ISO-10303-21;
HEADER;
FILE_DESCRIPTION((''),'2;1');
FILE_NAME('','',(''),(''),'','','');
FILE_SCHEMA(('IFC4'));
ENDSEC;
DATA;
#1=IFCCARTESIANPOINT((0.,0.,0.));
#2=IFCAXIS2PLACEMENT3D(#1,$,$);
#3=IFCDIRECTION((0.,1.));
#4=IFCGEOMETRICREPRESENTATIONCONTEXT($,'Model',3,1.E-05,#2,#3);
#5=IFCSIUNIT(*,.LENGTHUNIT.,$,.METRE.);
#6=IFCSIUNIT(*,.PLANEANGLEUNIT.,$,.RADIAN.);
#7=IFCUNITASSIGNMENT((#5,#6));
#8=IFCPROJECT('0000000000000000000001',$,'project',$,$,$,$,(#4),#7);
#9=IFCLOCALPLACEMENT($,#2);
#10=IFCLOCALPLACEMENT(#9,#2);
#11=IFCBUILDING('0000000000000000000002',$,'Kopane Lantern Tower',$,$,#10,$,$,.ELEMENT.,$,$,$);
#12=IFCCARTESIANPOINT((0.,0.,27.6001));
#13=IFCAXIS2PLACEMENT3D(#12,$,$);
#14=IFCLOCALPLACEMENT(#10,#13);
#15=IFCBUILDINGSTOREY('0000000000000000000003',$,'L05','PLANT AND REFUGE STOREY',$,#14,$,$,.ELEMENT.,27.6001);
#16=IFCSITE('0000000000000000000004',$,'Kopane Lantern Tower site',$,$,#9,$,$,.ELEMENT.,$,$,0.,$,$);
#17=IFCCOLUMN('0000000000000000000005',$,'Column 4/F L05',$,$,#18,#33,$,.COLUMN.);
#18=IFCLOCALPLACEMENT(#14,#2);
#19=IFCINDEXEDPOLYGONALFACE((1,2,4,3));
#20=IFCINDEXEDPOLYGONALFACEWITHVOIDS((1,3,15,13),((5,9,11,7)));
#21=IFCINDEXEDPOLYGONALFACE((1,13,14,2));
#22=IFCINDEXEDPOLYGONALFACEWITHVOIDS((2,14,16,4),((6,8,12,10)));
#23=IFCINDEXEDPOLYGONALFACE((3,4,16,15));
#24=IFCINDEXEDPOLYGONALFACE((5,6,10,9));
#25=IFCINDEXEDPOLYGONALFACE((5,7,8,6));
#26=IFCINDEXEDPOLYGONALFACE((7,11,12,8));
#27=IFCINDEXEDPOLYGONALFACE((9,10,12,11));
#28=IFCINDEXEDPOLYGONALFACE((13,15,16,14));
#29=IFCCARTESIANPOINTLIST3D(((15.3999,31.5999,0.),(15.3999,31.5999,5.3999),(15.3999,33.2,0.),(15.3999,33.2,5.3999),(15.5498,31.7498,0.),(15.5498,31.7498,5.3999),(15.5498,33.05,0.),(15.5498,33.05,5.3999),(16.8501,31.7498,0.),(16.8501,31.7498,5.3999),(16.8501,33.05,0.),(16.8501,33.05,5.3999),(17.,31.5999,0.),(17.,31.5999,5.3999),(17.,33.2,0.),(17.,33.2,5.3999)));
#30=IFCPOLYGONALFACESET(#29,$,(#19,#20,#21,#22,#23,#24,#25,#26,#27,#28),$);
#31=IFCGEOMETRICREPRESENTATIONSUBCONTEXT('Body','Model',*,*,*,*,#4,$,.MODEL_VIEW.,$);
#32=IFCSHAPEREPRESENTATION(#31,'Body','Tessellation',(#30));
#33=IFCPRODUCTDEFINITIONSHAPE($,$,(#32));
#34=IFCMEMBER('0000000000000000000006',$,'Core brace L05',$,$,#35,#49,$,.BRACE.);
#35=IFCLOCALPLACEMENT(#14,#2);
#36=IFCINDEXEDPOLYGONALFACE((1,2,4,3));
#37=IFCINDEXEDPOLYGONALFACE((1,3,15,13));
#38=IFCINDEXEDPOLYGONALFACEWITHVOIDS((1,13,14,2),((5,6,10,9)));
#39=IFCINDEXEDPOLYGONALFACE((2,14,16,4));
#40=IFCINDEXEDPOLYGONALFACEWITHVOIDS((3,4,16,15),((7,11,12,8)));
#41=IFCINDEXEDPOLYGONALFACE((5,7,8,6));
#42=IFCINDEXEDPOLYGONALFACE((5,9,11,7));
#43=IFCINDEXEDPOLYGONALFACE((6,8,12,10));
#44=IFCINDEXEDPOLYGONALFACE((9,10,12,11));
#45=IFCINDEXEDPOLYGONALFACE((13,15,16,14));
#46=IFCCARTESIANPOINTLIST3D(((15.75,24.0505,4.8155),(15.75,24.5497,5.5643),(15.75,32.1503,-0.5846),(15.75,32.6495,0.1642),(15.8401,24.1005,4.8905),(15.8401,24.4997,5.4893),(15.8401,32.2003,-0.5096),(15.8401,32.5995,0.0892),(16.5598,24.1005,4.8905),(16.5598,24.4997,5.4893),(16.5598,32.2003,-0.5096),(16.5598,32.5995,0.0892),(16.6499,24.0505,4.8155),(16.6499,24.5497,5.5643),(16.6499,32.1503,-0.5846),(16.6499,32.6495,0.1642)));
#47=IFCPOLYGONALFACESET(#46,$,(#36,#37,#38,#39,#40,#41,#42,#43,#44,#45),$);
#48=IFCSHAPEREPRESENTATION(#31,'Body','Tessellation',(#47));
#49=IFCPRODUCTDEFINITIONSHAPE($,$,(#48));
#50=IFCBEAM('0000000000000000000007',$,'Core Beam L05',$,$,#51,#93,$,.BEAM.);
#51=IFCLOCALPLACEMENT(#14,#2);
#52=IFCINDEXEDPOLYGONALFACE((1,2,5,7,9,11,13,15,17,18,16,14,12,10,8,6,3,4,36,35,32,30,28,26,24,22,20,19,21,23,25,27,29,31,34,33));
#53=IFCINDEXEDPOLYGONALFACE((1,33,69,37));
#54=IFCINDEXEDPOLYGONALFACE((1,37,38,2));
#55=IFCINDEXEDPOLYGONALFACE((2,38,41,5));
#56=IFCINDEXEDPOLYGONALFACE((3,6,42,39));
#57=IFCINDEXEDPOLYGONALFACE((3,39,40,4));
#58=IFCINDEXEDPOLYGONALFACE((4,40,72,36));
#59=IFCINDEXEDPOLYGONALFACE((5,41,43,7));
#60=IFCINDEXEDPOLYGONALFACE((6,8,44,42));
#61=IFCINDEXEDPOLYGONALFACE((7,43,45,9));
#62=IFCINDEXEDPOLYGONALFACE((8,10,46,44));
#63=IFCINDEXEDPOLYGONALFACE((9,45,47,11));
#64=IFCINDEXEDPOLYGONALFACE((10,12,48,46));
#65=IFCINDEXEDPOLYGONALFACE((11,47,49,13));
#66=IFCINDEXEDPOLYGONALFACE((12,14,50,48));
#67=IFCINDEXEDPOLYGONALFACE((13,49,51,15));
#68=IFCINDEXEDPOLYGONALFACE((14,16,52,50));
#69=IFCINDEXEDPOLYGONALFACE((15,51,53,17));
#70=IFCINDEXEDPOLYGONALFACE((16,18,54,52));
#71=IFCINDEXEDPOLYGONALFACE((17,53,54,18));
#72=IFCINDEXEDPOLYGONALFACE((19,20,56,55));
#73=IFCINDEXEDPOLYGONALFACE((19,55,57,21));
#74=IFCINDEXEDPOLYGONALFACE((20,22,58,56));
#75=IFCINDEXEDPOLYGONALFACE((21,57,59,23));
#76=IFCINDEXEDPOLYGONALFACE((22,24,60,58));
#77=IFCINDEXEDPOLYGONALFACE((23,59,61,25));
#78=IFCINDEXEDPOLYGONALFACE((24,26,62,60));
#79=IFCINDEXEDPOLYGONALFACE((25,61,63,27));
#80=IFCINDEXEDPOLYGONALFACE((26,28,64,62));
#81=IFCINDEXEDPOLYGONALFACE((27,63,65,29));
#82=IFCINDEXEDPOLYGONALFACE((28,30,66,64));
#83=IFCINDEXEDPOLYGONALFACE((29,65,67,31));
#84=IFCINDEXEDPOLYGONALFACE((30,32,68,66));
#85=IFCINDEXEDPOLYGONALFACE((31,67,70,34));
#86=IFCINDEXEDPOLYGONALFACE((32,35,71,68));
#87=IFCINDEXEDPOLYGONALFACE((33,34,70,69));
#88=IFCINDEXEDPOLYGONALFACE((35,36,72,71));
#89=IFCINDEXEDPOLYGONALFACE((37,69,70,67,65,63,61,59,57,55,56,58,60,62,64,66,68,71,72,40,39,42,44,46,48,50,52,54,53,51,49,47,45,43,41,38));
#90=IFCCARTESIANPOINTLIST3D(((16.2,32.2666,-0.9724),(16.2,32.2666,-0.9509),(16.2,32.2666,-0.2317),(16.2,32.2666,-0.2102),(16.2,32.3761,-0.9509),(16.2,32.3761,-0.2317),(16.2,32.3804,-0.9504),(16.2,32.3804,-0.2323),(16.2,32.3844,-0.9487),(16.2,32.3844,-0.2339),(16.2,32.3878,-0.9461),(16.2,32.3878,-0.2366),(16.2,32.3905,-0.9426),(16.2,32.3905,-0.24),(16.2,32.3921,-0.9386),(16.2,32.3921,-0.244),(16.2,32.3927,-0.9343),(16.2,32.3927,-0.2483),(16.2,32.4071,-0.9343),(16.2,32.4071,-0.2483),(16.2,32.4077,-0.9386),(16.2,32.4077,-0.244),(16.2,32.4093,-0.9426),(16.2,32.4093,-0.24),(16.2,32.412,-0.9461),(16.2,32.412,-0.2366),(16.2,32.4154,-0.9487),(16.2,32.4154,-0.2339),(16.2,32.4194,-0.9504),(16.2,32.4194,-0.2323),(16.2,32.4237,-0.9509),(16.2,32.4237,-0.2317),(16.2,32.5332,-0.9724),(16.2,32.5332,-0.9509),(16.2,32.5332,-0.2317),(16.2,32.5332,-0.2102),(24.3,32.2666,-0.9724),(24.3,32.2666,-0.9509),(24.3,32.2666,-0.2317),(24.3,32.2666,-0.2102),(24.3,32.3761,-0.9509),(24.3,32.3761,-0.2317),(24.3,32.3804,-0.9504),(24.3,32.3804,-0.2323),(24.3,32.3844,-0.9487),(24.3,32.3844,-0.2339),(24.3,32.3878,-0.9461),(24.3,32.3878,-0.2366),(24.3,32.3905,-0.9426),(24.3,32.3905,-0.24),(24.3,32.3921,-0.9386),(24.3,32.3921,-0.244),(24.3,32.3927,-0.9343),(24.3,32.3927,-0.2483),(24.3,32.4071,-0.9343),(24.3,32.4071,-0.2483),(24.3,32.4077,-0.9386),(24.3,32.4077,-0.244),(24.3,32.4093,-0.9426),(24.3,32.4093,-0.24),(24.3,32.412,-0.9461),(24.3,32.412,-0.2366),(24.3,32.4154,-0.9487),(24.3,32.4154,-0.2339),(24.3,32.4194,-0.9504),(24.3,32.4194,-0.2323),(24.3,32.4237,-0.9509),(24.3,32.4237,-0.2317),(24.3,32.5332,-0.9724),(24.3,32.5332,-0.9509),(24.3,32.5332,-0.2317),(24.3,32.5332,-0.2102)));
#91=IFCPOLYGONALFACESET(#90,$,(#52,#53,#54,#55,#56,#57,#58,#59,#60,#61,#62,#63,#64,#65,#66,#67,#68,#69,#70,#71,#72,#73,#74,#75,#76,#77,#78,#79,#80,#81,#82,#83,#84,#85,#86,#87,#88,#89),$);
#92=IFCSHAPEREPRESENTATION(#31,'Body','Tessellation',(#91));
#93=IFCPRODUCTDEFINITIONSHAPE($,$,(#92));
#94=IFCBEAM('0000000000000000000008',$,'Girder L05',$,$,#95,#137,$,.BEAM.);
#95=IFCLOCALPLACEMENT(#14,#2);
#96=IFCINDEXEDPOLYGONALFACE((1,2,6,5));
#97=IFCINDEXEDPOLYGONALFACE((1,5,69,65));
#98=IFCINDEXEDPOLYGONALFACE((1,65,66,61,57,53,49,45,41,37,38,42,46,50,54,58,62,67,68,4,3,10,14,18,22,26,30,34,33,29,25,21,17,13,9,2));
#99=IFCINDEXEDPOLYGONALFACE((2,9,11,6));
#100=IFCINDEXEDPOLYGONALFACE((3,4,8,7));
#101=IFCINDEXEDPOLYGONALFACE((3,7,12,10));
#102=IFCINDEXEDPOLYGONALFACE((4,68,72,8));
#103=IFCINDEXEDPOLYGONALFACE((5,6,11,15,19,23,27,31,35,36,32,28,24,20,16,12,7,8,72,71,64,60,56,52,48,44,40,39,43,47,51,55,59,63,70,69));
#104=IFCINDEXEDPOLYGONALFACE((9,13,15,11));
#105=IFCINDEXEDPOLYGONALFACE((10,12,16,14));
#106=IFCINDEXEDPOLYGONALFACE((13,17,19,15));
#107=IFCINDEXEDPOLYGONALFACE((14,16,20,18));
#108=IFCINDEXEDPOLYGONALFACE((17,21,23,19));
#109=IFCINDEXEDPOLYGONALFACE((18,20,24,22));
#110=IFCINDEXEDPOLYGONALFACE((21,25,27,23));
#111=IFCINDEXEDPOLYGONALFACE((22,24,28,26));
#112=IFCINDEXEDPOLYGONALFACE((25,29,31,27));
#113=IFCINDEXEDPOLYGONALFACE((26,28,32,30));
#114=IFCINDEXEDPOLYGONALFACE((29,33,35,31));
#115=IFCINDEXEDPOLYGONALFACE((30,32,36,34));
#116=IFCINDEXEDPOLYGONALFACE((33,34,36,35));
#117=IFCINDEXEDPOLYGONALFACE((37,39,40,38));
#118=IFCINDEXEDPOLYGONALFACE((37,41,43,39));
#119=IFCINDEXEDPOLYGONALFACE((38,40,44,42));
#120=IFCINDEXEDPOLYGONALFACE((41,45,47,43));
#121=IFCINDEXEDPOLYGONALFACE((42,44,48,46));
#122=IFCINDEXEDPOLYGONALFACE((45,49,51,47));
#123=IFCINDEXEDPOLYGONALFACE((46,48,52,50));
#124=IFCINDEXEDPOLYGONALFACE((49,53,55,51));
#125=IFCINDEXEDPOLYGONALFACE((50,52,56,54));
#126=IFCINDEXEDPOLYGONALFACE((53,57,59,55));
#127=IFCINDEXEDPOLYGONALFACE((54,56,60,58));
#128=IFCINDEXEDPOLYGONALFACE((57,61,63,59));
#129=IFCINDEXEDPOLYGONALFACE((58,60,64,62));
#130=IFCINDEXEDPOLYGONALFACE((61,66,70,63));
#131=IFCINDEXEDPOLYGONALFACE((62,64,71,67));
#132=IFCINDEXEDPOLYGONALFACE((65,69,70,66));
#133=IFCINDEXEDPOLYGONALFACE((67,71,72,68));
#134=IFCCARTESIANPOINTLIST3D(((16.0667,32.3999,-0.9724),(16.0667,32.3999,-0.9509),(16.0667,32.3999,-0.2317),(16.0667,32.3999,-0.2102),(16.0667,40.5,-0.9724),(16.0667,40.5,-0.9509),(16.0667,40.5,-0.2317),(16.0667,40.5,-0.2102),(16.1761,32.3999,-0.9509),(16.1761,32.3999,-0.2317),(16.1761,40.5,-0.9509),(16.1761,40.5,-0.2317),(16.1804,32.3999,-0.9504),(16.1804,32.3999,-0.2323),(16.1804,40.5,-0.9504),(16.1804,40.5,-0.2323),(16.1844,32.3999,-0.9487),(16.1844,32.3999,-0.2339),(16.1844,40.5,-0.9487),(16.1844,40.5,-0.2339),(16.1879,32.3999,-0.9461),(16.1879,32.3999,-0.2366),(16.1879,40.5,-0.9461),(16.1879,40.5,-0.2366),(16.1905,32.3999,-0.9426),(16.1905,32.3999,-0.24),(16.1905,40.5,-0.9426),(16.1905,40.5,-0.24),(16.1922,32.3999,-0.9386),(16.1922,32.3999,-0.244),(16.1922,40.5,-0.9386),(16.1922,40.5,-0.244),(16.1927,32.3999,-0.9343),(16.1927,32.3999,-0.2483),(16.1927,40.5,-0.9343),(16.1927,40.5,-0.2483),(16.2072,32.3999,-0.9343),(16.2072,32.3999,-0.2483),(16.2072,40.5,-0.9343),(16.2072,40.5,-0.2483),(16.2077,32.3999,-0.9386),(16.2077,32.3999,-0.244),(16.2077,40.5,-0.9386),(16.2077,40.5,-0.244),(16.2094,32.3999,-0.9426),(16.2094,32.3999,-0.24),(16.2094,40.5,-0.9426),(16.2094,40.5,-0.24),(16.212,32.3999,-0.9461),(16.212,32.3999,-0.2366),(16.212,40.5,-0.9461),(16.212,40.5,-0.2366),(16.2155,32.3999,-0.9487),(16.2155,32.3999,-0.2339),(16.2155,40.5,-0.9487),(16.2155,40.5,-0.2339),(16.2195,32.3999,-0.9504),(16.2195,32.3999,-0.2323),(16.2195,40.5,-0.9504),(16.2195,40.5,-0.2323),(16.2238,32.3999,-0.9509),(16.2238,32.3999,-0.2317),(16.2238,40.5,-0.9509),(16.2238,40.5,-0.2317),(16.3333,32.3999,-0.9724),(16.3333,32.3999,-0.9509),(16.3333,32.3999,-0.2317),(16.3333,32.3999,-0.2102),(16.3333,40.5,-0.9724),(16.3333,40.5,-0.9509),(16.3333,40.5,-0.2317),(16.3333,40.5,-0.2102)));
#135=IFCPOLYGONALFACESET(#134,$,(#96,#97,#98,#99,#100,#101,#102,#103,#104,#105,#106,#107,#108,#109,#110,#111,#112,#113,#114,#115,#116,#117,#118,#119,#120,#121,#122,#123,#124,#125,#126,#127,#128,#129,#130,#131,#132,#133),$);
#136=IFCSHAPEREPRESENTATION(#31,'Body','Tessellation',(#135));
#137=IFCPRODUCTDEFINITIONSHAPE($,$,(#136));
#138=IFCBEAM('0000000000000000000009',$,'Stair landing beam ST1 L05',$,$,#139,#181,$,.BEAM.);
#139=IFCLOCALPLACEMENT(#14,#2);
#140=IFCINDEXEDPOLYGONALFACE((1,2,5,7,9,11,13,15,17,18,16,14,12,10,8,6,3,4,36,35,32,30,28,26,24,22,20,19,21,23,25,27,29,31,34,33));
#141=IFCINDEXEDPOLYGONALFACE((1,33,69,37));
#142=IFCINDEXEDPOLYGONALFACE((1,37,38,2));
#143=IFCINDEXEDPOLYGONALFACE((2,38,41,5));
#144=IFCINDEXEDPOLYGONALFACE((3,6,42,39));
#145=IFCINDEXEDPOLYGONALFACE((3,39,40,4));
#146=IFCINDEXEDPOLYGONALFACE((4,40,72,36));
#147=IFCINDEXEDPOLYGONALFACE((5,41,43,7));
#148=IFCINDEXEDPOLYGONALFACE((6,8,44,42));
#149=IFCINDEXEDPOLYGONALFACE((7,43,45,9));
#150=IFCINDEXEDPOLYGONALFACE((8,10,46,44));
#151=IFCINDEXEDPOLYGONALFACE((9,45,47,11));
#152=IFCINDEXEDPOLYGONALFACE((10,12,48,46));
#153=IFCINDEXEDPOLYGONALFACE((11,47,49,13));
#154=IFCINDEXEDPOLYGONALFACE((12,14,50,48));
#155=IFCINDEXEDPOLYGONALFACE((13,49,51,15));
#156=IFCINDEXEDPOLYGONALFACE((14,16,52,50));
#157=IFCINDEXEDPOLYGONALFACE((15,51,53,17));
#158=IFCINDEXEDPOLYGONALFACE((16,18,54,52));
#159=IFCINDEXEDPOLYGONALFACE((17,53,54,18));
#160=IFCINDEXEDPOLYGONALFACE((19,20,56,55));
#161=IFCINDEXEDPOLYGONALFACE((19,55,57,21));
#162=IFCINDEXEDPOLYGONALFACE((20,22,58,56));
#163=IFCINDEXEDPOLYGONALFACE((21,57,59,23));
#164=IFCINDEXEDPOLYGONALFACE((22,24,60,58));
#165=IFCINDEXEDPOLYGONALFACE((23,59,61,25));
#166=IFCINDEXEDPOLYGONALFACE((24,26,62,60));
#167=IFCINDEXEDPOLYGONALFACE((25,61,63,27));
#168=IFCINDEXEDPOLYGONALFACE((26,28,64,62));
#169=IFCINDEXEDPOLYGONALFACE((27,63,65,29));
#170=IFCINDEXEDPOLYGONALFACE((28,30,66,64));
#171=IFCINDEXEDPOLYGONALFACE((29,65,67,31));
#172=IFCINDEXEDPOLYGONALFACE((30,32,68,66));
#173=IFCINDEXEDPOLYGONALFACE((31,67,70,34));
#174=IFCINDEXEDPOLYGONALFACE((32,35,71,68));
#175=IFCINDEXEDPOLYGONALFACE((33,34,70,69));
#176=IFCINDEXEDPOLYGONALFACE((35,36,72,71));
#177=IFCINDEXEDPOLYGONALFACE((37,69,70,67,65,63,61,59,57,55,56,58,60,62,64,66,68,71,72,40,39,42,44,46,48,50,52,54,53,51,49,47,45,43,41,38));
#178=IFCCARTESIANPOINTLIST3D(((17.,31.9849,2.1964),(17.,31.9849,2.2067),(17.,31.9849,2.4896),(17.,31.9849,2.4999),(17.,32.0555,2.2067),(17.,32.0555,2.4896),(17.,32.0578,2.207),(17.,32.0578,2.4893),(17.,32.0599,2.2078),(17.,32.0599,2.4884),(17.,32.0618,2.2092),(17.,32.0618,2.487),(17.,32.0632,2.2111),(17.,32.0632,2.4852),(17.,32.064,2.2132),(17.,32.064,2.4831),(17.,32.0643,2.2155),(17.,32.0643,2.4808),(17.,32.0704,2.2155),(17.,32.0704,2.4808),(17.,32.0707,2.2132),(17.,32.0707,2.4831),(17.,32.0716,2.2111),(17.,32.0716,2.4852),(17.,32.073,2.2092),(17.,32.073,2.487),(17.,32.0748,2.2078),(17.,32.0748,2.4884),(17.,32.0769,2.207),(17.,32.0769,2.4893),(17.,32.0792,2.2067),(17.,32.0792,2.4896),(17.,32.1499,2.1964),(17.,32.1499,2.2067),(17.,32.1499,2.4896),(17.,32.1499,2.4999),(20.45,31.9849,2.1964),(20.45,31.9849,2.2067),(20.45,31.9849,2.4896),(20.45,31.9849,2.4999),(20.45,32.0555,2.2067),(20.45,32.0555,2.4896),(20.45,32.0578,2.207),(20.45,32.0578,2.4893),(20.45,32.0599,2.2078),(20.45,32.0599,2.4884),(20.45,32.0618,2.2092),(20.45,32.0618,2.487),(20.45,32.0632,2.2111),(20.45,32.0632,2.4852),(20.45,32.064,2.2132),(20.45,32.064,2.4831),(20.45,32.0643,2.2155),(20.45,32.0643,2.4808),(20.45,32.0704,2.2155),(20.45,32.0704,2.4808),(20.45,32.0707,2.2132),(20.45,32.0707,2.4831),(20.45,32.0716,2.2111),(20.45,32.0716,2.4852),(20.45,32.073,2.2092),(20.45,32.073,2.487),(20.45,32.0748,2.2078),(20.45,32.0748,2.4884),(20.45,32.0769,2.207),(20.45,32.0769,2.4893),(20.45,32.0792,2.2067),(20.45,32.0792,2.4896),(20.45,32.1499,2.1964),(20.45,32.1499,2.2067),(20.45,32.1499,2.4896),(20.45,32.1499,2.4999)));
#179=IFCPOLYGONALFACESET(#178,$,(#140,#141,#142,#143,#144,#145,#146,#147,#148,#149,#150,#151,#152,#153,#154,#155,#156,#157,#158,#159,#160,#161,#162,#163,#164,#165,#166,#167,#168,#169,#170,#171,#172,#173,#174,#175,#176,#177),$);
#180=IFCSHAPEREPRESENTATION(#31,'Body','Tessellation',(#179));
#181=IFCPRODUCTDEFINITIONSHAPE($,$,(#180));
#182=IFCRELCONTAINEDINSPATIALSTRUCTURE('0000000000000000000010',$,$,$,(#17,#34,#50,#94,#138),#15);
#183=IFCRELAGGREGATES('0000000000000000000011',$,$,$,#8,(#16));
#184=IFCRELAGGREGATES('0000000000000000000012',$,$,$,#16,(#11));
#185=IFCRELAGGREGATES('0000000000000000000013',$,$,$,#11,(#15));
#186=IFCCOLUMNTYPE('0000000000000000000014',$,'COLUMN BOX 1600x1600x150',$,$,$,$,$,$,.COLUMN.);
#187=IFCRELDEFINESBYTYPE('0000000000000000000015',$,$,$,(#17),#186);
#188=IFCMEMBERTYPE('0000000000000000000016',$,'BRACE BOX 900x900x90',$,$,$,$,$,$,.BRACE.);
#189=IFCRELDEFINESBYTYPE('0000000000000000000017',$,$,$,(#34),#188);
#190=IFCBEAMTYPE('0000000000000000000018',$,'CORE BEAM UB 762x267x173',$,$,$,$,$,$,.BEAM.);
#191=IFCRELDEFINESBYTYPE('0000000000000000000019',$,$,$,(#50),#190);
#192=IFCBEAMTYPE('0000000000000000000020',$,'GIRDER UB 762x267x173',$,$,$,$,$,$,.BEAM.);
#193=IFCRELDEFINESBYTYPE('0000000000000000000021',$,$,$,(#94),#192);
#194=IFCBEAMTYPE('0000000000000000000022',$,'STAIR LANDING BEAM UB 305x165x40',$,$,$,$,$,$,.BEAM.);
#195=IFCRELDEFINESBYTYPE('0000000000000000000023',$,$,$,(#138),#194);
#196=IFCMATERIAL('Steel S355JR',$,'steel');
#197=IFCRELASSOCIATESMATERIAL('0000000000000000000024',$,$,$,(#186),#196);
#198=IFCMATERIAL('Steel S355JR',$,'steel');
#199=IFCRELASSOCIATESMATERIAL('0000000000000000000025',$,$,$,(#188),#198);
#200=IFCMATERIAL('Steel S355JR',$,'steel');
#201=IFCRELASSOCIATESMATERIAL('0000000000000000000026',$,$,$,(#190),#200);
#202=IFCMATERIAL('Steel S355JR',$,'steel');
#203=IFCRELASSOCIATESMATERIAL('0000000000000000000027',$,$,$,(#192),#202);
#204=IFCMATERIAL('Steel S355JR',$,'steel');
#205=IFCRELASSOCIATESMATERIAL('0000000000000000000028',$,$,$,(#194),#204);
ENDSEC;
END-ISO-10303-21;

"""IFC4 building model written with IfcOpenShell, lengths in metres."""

from ifc_helpers import new_model, si_unit, direction, frame, origin, origin_2d, place, context, subcontext, project, spatial, hollow_rectangle, i_section, extrude, material, material_profile, profile_set, type_object, element, save


model = new_model("IFC4")

# Units and contexts
model_context = context("Model", 3, precision=1e-05, world=origin(), true_north=direction((0.0, 1.0)))
body_context = subcontext(model_context, "Body", "Model", "MODEL_VIEW")
ifc_project = project(units=[si_unit("LENGTHUNIT", "METRE"), si_unit("PLANEANGLEUNIT", "RADIAN")], contexts=[model_context])

# Site, building, storey
site_placement = place(None, origin())
site = spatial("IfcSite", under=ifc_project, at=site_placement, Name="Kopane Lantern Tower site", CompositionType="ELEMENT", RefElevation=0.0)
building_placement = place(site_placement, origin())
building = spatial("IfcBuilding", under=site, at=building_placement, Name="Kopane Lantern Tower", CompositionType="ELEMENT")
storey_placement = place(building_placement, frame((0.0, 0.0, 27.6001)))
storey = spatial("IfcBuildingStorey", under=building, at=storey_placement, Name="L05", Description="PLANT AND REFUGE STOREY", CompositionType="ELEMENT", Elevation=27.6001)

# Column
ifc_material_1 = material(Name="Steel S355JR", Category="steel")
ifc_material_profile_1 = material_profile(ifc_material_1, hollow_rectangle(XDim=1.6001, YDim=1.6001, WallThickness=0.1499, at=origin_2d()), Name="BOX 1600x1600x150")
ifc_profile_set_1 = profile_set([ifc_material_profile_1], Name="Steel S355JR")
column_type = type_object("IfcColumnType", Name="COLUMN BOX 1600x1600x150", PredefinedType="COLUMN", material=ifc_profile_set_1)
column_placement = place(storey_placement, frame((16.2, 32.3999, 0.0), z_axis=(0.0, 0.0, 1.0), x_axis=(1.0, 0.0, 0.0)))
element("IfcColumn", 1, at=column_placement, inside=storey, type_object=column_type, Name="Column 4/F L05", PredefinedType="COLUMN", context=body_context, shape_type="SweptSolid", body=[
    extrude(hollow_rectangle(XDim=1.6001, YDim=1.6001, WallThickness=0.1499, at=origin_2d()), origin(), (0.0, 0.0, 1.0), 5.3999),
])

# Member
ifc_material_2 = material(Name="Steel S355JR", Category="steel")
ifc_material_profile_2 = material_profile(ifc_material_2, hollow_rectangle(XDim=0.8999, YDim=0.8999, WallThickness=0.0901, at=origin_2d()), Name="BOX 900x900x90")
ifc_profile_set_2 = profile_set([ifc_material_profile_2], Name="Steel S355JR")
member_type = type_object("IfcMemberType", Name="BRACE BOX 900x900x90", PredefinedType="BRACE", material=ifc_profile_set_2)
member_placement = place(storey_placement, frame((16.2, 32.3999, -0.2102), z_axis=(0.0, -0.832039, 0.554718), x_axis=(1.0, 0.0, 0.0)))
element("IfcMember", 2, at=member_placement, inside=storey, type_object=member_type, Name="Core brace L05", PredefinedType="BRACE", context=body_context, shape_type="SweptSolid", body=[
    extrude(hollow_rectangle(XDim=0.8999, YDim=0.8999, WallThickness=0.0901, at=origin_2d()), origin(), (0.0, 0.0, 1.0), 9.7349),
])

# Beams
ifc_material_3 = material(Name="Steel S355JR", Category="steel")
ifc_material_profile_3 = material_profile(ifc_material_3, i_section(OverallWidth=0.2666, OverallDepth=0.7622, WebThickness=0.0144, FlangeThickness=0.0215, FilletRadius=0.0166, at=origin_2d()), Name="UB 762x267x173")
ifc_profile_set_3 = profile_set([ifc_material_profile_3], Name="Steel S355JR")
beam_type_1 = type_object("IfcBeamType", Name="CORE BEAM UB 762x267x173", PredefinedType="BEAM", material=ifc_profile_set_3)
beam_1_placement = place(storey_placement, frame((16.2, 32.3999, -0.5913), z_axis=(1.0, 0.0, 0.0), x_axis=(0.0, 1.0, 0.0)))
element("IfcBeam", 3, at=beam_1_placement, inside=storey, type_object=beam_type_1, Name="Core Beam L05", PredefinedType="BEAM", context=body_context, shape_type="SweptSolid", body=[
    extrude(i_section(OverallWidth=0.2666, OverallDepth=0.7622, WebThickness=0.0144, FlangeThickness=0.0215, FilletRadius=0.0166, at=origin_2d()), origin(), (0.0, 0.0, 1.0), 8.1001),
])
ifc_material_4 = material(Name="Steel S355JR", Category="steel")
ifc_material_profile_4 = material_profile(ifc_material_4, i_section(OverallWidth=0.2666, OverallDepth=0.7622, WebThickness=0.0144, FlangeThickness=0.0215, FilletRadius=0.0166, at=origin_2d()), Name="UB 762x267x173")
ifc_profile_set_4 = profile_set([ifc_material_profile_4], Name="Steel S355JR")
beam_type_2 = type_object("IfcBeamType", Name="GIRDER UB 762x267x173", PredefinedType="BEAM", material=ifc_profile_set_4)
beam_2_placement = place(storey_placement, frame((16.2, 32.3999, -0.5913), z_axis=(0.0, 1.0, 0.0), x_axis=(-1.0, 0.0, 0.0)))
element("IfcBeam", 4, at=beam_2_placement, inside=storey, type_object=beam_type_2, Name="Girder L05", PredefinedType="BEAM", context=body_context, shape_type="SweptSolid", body=[
    extrude(i_section(OverallWidth=0.2666, OverallDepth=0.7622, WebThickness=0.0144, FlangeThickness=0.0215, FilletRadius=0.0166, at=origin_2d()), origin(), (0.0, 0.0, 1.0), 8.1001),
])
ifc_material_5 = material(Name="Steel S355JR", Category="steel")
ifc_material_profile_5 = material_profile(ifc_material_5, i_section(OverallWidth=0.165, OverallDepth=0.3035, WebThickness=0.0061, FlangeThickness=0.0103, FilletRadius=0.0088, at=origin_2d()), Name="UB 305x165x40")
ifc_profile_set_5 = profile_set([ifc_material_profile_5], Name="Steel S355JR")
beam_type_3 = type_object("IfcBeamType", Name="STAIR LANDING BEAM UB 305x165x40", PredefinedType="BEAM", material=ifc_profile_set_5)
beam_3_placement = place(storey_placement, frame((17.0, 32.0674, 2.3481), z_axis=(1.0, 0.0, 0.0), x_axis=(0.0, 1.0, 0.0)))
element("IfcBeam", 5, at=beam_3_placement, inside=storey, type_object=beam_type_3, Name="Stair landing beam ST1 L05", PredefinedType="BEAM", context=body_context, shape_type="SweptSolid", body=[
    extrude(i_section(OverallWidth=0.165, OverallDepth=0.3035, WebThickness=0.0061, FlangeThickness=0.0103, FilletRadius=0.0088, at=origin_2d()), origin(), (0.0, 0.0, 1.0), 3.45),
])

save(model, "model.ifc")
